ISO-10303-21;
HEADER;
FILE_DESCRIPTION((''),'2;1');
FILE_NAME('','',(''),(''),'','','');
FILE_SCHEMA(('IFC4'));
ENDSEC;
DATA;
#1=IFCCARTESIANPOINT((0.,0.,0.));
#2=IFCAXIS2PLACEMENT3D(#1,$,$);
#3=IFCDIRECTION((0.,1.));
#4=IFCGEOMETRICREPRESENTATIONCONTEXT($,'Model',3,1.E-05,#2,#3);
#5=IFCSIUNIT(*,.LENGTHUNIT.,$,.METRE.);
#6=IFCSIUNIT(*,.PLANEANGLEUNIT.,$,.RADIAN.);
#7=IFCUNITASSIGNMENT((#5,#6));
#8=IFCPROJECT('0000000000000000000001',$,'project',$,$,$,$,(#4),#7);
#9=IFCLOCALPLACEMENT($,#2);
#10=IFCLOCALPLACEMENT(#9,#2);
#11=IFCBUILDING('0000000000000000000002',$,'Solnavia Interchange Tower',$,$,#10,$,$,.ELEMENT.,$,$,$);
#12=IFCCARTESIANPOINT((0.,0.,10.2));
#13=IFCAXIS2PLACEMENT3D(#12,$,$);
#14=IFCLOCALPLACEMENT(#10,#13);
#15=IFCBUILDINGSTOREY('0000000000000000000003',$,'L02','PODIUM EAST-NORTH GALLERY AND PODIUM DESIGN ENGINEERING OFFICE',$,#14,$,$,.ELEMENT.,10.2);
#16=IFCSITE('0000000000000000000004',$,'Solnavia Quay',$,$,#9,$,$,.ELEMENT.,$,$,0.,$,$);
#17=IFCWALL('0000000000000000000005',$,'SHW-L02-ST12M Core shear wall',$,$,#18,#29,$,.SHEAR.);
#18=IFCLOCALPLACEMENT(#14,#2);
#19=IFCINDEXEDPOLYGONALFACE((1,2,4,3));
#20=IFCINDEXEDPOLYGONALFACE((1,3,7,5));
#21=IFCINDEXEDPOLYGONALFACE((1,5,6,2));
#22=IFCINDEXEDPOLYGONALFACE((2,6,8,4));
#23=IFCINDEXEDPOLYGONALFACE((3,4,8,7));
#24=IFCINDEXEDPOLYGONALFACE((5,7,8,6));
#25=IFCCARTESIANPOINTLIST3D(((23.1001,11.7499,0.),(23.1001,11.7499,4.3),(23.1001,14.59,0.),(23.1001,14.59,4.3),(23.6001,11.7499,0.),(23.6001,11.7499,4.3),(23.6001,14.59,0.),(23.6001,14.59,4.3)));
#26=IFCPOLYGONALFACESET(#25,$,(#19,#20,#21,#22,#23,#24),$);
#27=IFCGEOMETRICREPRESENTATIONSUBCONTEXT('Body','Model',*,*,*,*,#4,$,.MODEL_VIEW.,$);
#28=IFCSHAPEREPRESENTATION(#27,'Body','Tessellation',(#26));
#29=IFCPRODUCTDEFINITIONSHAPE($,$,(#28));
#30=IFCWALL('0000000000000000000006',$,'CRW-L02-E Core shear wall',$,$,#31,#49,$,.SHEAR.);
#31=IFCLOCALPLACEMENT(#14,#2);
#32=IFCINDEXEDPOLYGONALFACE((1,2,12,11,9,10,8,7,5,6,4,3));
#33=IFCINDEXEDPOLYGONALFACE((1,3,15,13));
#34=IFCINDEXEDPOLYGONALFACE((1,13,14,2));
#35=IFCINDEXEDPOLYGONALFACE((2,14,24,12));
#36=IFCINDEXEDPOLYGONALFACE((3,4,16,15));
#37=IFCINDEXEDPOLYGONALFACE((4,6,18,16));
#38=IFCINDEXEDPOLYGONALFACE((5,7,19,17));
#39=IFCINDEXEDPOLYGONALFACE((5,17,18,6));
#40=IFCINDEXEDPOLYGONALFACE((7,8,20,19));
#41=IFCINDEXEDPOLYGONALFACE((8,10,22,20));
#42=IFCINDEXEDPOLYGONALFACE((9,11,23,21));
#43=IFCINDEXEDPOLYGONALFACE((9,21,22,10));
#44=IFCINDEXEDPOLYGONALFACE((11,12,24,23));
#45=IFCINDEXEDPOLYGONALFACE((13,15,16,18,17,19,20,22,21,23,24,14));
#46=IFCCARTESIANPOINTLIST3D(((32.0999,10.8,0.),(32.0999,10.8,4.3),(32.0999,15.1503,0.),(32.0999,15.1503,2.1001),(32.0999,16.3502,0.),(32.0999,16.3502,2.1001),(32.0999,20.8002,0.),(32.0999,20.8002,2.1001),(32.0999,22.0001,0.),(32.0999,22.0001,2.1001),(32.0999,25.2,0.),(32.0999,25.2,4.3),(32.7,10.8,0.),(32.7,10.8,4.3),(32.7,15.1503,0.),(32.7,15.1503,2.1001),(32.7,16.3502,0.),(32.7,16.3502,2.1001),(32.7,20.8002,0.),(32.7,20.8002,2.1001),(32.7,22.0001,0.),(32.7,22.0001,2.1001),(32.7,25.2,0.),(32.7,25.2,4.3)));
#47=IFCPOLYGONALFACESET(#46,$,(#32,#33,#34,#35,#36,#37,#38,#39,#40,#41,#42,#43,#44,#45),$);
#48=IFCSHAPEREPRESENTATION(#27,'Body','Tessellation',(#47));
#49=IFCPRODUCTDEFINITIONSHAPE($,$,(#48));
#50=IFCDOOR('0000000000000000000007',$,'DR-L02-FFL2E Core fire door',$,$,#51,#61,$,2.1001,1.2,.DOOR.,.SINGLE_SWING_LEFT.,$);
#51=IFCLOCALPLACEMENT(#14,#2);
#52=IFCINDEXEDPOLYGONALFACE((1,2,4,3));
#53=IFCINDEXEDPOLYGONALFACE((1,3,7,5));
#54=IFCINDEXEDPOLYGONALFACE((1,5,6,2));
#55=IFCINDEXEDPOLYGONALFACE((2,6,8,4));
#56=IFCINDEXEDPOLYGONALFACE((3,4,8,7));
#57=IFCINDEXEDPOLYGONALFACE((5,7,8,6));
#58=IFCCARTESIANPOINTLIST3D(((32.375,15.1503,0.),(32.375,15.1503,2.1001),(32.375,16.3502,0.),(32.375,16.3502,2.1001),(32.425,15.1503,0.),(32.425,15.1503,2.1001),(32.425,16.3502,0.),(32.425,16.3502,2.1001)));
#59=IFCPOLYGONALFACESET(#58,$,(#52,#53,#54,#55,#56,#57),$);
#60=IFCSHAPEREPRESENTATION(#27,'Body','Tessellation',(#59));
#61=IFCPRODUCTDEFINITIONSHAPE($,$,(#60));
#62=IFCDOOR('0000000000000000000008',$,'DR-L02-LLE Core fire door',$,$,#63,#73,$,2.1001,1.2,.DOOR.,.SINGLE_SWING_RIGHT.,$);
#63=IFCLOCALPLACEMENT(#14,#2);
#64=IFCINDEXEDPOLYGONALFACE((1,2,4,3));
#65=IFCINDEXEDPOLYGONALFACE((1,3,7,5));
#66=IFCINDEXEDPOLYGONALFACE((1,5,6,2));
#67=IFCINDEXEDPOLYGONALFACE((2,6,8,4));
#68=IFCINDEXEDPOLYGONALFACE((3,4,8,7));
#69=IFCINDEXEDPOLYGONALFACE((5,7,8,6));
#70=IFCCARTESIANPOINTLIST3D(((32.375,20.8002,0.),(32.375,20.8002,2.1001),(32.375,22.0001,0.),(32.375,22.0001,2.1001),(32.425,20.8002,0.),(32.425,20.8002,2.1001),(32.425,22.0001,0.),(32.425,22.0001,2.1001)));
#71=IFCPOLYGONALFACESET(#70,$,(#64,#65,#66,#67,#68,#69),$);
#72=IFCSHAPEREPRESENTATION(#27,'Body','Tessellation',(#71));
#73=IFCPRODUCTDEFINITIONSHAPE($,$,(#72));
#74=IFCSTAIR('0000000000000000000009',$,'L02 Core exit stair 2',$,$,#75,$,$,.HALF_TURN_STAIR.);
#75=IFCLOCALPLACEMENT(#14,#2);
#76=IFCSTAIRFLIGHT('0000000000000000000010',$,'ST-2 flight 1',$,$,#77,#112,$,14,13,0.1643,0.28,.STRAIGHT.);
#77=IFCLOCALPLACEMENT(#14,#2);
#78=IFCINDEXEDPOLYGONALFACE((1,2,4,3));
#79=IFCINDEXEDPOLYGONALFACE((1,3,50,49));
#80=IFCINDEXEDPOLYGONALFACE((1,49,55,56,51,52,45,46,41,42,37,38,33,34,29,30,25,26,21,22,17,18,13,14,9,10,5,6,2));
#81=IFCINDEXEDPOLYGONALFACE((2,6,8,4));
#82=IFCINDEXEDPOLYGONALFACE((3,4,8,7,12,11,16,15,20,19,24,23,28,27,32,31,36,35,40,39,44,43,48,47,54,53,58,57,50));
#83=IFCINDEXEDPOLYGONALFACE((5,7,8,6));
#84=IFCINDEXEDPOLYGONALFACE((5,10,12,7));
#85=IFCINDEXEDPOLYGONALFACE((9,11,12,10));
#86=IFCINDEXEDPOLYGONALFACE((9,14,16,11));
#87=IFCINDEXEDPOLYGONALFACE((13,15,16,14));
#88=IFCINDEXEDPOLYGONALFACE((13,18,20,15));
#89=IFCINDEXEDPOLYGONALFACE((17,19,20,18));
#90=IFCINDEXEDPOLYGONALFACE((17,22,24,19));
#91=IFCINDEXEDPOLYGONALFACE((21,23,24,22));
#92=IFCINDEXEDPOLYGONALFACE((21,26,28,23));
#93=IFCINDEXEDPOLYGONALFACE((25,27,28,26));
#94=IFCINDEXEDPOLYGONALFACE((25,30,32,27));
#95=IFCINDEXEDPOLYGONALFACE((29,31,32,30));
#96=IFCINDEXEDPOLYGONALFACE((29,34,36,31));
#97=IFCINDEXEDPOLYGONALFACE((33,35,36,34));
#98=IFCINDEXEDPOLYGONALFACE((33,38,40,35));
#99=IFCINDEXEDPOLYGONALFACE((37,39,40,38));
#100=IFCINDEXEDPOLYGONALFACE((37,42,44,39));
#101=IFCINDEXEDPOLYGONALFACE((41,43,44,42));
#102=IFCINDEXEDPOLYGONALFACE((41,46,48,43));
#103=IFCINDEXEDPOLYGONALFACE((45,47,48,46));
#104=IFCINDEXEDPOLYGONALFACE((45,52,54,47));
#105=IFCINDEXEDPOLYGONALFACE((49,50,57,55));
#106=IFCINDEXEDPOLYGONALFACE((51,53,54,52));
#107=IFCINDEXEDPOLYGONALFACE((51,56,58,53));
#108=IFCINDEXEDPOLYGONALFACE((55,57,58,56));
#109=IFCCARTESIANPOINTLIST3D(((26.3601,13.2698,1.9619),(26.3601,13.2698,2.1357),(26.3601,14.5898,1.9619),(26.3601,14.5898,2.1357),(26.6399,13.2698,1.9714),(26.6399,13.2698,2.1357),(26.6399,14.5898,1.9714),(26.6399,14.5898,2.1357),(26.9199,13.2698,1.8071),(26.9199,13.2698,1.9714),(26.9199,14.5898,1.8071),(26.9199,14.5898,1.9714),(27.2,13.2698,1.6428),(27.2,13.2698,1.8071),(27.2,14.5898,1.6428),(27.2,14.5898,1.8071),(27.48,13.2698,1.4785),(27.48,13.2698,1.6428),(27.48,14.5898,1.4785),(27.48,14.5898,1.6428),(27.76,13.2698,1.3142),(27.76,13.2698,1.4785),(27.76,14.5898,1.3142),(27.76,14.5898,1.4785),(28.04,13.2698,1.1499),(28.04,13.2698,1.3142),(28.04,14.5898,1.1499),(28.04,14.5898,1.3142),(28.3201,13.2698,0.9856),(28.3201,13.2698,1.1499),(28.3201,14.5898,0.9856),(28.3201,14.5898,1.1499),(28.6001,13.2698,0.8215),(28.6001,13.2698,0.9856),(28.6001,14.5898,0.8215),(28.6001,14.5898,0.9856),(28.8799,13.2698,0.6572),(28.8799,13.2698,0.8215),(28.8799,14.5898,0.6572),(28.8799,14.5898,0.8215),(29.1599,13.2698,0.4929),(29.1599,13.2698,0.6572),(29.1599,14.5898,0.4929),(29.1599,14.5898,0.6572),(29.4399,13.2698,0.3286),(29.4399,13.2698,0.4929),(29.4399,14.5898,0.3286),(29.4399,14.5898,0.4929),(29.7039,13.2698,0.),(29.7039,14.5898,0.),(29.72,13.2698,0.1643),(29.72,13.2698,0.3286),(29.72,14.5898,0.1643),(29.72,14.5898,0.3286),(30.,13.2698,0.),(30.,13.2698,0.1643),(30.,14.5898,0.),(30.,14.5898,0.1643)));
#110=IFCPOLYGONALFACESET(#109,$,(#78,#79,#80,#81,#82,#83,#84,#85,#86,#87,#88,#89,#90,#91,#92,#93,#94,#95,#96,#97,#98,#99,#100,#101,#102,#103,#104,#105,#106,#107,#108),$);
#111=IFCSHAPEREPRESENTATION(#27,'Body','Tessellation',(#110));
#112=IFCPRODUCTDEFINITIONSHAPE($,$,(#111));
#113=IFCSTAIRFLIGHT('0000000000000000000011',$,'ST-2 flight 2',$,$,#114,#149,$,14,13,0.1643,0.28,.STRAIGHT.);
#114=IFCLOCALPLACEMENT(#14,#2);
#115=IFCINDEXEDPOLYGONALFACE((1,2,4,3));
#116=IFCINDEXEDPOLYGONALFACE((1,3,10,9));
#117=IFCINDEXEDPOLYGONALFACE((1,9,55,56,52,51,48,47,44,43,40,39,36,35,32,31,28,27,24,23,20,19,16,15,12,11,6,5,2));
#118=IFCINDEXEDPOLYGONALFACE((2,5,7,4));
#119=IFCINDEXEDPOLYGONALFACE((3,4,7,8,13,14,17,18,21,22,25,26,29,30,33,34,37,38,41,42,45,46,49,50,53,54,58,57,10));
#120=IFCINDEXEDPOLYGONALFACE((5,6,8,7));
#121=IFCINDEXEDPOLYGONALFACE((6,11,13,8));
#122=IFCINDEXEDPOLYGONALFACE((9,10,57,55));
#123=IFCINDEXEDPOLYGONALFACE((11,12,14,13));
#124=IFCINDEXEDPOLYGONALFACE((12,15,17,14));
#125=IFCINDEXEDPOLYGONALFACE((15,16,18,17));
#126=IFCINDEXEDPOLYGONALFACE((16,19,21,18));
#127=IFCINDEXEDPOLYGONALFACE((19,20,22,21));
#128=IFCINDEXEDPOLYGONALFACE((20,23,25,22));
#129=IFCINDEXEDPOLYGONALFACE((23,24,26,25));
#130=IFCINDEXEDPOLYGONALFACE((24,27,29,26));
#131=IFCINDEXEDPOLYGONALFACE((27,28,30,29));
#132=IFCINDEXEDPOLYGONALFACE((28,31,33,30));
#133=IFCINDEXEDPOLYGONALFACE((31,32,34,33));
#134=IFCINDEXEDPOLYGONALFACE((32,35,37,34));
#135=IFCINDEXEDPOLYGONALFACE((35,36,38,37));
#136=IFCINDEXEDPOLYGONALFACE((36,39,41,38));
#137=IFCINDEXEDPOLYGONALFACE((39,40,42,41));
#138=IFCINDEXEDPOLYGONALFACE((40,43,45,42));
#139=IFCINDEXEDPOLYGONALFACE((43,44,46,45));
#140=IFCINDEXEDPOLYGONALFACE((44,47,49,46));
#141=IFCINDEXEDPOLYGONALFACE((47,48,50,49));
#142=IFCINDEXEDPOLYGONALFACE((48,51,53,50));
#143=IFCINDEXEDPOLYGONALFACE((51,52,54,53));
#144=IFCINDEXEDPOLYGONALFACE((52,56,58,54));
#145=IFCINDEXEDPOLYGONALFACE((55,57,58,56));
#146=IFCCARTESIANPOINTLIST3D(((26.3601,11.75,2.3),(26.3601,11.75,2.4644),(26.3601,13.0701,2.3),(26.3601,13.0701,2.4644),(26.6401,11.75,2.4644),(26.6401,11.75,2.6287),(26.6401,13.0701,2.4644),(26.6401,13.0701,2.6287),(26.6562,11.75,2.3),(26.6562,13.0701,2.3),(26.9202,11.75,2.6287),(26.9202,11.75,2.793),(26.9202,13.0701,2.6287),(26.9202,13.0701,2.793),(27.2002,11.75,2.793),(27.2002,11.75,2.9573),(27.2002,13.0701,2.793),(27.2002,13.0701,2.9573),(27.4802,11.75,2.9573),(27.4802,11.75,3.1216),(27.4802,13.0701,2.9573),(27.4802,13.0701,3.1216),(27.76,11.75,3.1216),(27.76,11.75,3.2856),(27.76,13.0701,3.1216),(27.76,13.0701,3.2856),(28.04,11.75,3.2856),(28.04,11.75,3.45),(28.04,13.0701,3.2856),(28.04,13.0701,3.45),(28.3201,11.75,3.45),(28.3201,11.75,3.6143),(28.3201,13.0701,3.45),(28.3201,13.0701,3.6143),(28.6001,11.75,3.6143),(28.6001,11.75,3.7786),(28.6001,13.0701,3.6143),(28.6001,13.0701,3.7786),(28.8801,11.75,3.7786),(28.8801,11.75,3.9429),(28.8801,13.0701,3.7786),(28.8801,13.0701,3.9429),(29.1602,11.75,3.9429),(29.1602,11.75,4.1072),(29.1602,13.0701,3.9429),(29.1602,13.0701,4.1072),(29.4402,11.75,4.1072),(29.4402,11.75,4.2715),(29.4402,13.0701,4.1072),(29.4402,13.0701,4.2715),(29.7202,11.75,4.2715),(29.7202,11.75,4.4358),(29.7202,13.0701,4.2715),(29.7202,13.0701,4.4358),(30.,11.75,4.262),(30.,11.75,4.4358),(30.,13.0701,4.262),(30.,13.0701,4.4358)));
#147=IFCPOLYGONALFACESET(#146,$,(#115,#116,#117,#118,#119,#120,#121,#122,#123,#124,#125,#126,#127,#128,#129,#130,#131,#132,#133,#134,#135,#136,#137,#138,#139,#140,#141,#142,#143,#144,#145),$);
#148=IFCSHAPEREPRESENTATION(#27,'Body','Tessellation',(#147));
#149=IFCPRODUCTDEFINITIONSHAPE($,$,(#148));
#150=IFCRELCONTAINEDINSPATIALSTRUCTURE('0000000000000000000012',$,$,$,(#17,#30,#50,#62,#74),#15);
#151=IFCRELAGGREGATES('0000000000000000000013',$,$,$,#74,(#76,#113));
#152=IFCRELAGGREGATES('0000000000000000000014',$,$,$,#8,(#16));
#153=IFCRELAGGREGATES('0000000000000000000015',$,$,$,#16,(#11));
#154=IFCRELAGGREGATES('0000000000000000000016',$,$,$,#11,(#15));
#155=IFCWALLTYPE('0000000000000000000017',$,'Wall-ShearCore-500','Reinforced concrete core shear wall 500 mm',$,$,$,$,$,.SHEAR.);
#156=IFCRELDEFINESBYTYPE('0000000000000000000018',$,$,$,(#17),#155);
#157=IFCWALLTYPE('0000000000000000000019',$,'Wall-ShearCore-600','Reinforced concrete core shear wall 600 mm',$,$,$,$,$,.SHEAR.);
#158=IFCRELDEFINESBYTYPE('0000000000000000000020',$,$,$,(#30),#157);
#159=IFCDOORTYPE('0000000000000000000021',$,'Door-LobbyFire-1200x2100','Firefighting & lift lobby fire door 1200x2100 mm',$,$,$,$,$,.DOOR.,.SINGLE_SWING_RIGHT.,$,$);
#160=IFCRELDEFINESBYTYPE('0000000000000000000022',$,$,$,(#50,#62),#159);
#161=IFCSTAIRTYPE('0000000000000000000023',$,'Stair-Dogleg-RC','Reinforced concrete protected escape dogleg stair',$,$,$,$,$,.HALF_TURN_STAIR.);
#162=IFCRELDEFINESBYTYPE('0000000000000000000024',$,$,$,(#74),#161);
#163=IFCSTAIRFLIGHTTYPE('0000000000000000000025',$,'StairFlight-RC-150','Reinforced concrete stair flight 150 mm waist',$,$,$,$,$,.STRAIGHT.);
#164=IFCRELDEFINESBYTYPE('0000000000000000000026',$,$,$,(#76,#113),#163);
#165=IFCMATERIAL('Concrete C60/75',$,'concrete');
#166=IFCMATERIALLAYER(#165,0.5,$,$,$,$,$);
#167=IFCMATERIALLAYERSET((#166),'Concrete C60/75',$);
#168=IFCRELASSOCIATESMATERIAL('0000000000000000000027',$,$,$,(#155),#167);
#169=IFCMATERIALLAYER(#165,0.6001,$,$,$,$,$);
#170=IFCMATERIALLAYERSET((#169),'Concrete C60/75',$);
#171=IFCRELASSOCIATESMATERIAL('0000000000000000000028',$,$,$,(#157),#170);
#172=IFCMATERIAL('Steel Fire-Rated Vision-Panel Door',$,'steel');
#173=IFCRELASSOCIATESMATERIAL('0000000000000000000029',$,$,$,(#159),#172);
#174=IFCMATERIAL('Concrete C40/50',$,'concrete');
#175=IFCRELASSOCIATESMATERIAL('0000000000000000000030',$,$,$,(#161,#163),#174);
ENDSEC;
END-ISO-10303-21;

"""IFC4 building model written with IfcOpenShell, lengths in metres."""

from ifc_helpers import new_model, si_unit, direction, frame, frame_2d, origin, place, context, subcontext, project, spatial, polyline, rectangle, outline, extrude, material, layer, layer_set, type_object, element, fill, aggregate, save


model = new_model("IFC4")

# Units and contexts
model_context = context("Model", 3, precision=1e-05, world=origin(), true_north=direction((0.0, 1.0)))
body_context = subcontext(model_context, "Body", "Model", "MODEL_VIEW")
ifc_project = project(units=[si_unit("LENGTHUNIT", "METRE"), si_unit("PLANEANGLEUNIT", "RADIAN")], contexts=[model_context])

# Site, building, storey
site_placement = place(None, origin())
site = spatial("IfcSite", under=ifc_project, at=site_placement, Name="Solnavia Quay", CompositionType="ELEMENT", RefElevation=0.0)
building_placement = place(site_placement, origin())
building = spatial("IfcBuilding", under=site, at=building_placement, Name="Solnavia Interchange Tower", CompositionType="ELEMENT")
storey_placement = place(building_placement, frame((0.0, 0.0, 10.2)))
storey = spatial("IfcBuildingStorey", under=building, at=storey_placement, Name="L02", Description="PODIUM EAST-NORTH GALLERY AND PODIUM DESIGN ENGINEERING OFFICE", CompositionType="ELEMENT", Elevation=10.2)

# Shared definitions
ifc_material_1 = material(Name="Concrete C60/75", Category="concrete")

# Shared definitions
ifc_material_2 = material(Name="Concrete C40/50", Category="concrete")

# Wall
ifc_layer_1 = layer(ifc_material_1, 0.5)
ifc_layer_set_1 = layer_set([ifc_layer_1], Name="Concrete C60/75")
wall_type_1 = type_object("IfcWallType", Name="Wall-ShearCore-500", Description="Reinforced concrete core shear wall 500 mm", PredefinedType="SHEAR", material=ifc_layer_set_1)
wall_1_placement = place(storey_placement, frame((23.3501, 11.75, 0.0), z_axis=(0.0, 0.0, 1.0), x_axis=(0.0, 1.0, 0.0)))
element("IfcWall", 1, at=wall_1_placement, inside=storey, type_object=wall_type_1, Name="SHW-L02-ST12M Core shear wall", PredefinedType="SHEAR", context=body_context, shape_type="SweptSolid", body=[
    extrude(rectangle(XDim=2.8401, YDim=0.5, at=frame_2d((1.4199, 0.0))), origin(), (0.0, 0.0, 1.0), 4.3),
])

# Wall, openings, doors
ifc_layer_2 = layer(ifc_material_1, 0.6001)
ifc_layer_set_2 = layer_set([ifc_layer_2], Name="Concrete C60/75")
wall_type_2 = type_object("IfcWallType", Name="Wall-ShearCore-600", Description="Reinforced concrete core shear wall 600 mm", PredefinedType="SHEAR", material=ifc_layer_set_2)
wall_2_placement = place(storey_placement, frame((32.3999, 10.8, 0.0), z_axis=(0.0, 0.0, 1.0), x_axis=(0.0, 1.0, 0.0)))
wall_2 = element("IfcWall", 2, at=wall_2_placement, inside=storey, type_object=wall_type_2, Name="CRW-L02-E Core shear wall", PredefinedType="SHEAR", context=body_context, shape_type="SweptSolid", body=[
    extrude(rectangle(XDim=14.3999, YDim=0.6001, at=frame_2d((7.2, 0.0))), origin(), (0.0, 0.0, 1.0), 4.3),
])
opening_1_placement = place(wall_2_placement, frame((4.3501, 0.0, 0.0)))
opening_1 = element("IfcOpeningElement", 3, at=opening_1_placement, cuts=wall_2, PredefinedType="OPENING", context=body_context, shape_type="SweptSolid", body=[
    extrude(rectangle(XDim=1.2, YDim=2.1001, at=frame_2d((0.6001, 1.05))), frame((0.0, 0.3101, 0.0), z_axis=(0.0, -1.0, 0.0), x_axis=(1.0, 0.0, 0.0)), (0.0, 0.0, 1.0), 0.6201),
])
opening_2_placement = place(wall_2_placement, frame((10.0, 0.0, 0.0)))
opening_2 = element("IfcOpeningElement", 4, at=opening_2_placement, cuts=wall_2, PredefinedType="OPENING", context=body_context, shape_type="SweptSolid", body=[
    extrude(rectangle(XDim=1.2, YDim=2.1001, at=frame_2d((0.6001, 1.05))), frame((0.0, 0.3101, 0.0), z_axis=(0.0, -1.0, 0.0), x_axis=(1.0, 0.0, 0.0)), (0.0, 0.0, 1.0), 0.6201),
])
ifc_material_3 = material(Name="Steel Fire-Rated Vision-Panel Door", Category="steel")
door_type_1 = type_object("IfcDoorType", Name="Door-LobbyFire-1200x2100", Description="Firefighting & lift lobby fire door 1200x2100 mm", OperationType="SINGLE_SWING_RIGHT", PredefinedType="DOOR", material=ifc_material_3)
door_1_placement = place(opening_1_placement, origin())
door_1 = element("IfcDoor", 5, at=door_1_placement, inside=storey, type_object=door_type_1, Name="DR-L02-FFL2E Core fire door", OperationType="SINGLE_SWING_LEFT", OverallHeight=2.1001, OverallWidth=1.2, PredefinedType="DOOR", context=body_context, shape_type="SweptSolid", body=[
    extrude(rectangle(XDim=1.2, YDim=2.1001, at=frame_2d((0.6001, 1.05))), frame((0.0, 0.0249, 0.0), z_axis=(0.0, -1.0, 0.0), x_axis=(1.0, 0.0, 0.0)), (0.0, 0.0, 1.0), 0.05),
])
fill(opening_1, door_1)
door_2_placement = place(opening_2_placement, origin())
door_2 = element("IfcDoor", 6, at=door_2_placement, inside=storey, type_object=door_type_1, Name="DR-L02-LLE Core fire door", OperationType="SINGLE_SWING_RIGHT", OverallHeight=2.1001, OverallWidth=1.2, PredefinedType="DOOR", context=body_context, shape_type="SweptSolid", body=[
    extrude(rectangle(XDim=1.2, YDim=2.1001, at=frame_2d((0.6001, 1.05))), frame((0.0, 0.0249, 0.0), z_axis=(0.0, -1.0, 0.0), x_axis=(1.0, 0.0, 0.0)), (0.0, 0.0, 1.0), 0.05),
])
fill(opening_2, door_2)

# Stair, stair flights
stair_type = type_object("IfcStairType", Name="Stair-Dogleg-RC", Description="Reinforced concrete protected escape dogleg stair", PredefinedType="HALF_TURN_STAIR", material=ifc_material_2)
stair_placement = place(storey_placement, origin())
stair = element("IfcStair", 7, at=stair_placement, inside=storey, type_object=stair_type, Name="L02 Core exit stair 2", PredefinedType="HALF_TURN_STAIR")
stair_flight_type = type_object("IfcStairFlightType", Name="StairFlight-RC-150", Description="Reinforced concrete stair flight 150 mm waist", PredefinedType="STRAIGHT", material=ifc_material_2)
stair_flight_1_placement = place(storey_placement, frame((30.0, 13.9299, 0.0), z_axis=(0.0, 0.0, 1.0), x_axis=(-1.0, 0.0, 0.0)))
stair_flight_1 = element("IfcStairFlight", 8, at=stair_flight_1_placement, type_object=stair_flight_type, Name="ST-2 flight 1", NumberOfRisers=14, NumberOfTreads=13, PredefinedType="STRAIGHT", RiserHeight=0.1643, TreadLength=0.28, context=body_context, shape_type="SweptSolid", body=[
    extrude(outline(polyline([(0.0, 0.0), (0.0, 0.1643), (0.28, 0.1643), (0.28, 0.3286), (0.5601, 0.3286), (0.5601, 0.4929), (0.8401, 0.4929), (0.8401, 0.6572), (1.1201, 0.6572), (1.1201, 0.8215), (1.3999, 0.8215), (1.3999, 0.9856), (1.6799, 0.9856), (1.6799, 1.1499), (1.96, 1.1499), (1.96, 1.3142), (2.24, 1.3142), (2.24, 1.4785), (2.52, 1.4785), (2.52, 1.6428), (2.8, 1.6428), (2.8, 1.8071), (3.0801, 1.8071), (3.0801, 1.9714), (3.3601, 1.9714), (3.3601, 2.1357), (3.6399, 2.1357), (3.6399, 2.3), (3.6399, 1.9619), (0.2961, 0.0), (0.0, 0.0)])), frame((0.0, 0.6602, 0.0), z_axis=(0.0, -1.0, 0.0), x_axis=(1.0, 0.0, 0.0)), (0.0, 0.0, 1.0), 1.3201),
])
stair_flight_2_placement = place(storey_placement, frame((26.3601, 12.4099, 2.3), z_axis=(0.0, 0.0, 1.0), x_axis=(1.0, 0.0, 0.0)))
stair_flight_2 = element("IfcStairFlight", 9, at=stair_flight_2_placement, type_object=stair_flight_type, Name="ST-2 flight 2", NumberOfRisers=14, NumberOfTreads=13, PredefinedType="STRAIGHT", RiserHeight=0.1643, TreadLength=0.28, context=body_context, shape_type="SweptSolid", body=[
    extrude(outline(polyline([(0.0, 0.0), (0.0, 0.1643), (0.28, 0.1643), (0.28, 0.3286), (0.5601, 0.3286), (0.5601, 0.4929), (0.8401, 0.4929), (0.8401, 0.6572), (1.1201, 0.6572), (1.1201, 0.8215), (1.3999, 0.8215), (1.3999, 0.9856), (1.6799, 0.9856), (1.6799, 1.1499), (1.96, 1.1499), (1.96, 1.3142), (2.24, 1.3142), (2.24, 1.4785), (2.52, 1.4785), (2.52, 1.6428), (2.8, 1.6428), (2.8, 1.8071), (3.0801, 1.8071), (3.0801, 1.9714), (3.3601, 1.9714), (3.3601, 2.1357), (3.6399, 2.1357), (3.6399, 2.3), (3.6399, 1.9619), (0.2961, 0.0), (0.0, 0.0)])), frame((0.0, 0.6602, 0.0), z_axis=(0.0, -1.0, 0.0), x_axis=(1.0, 0.0, 0.0)), (0.0, 0.0, 1.0), 1.3201),
])
aggregate(stair, [stair_flight_1, stair_flight_2])

save(model, "model.ifc")
